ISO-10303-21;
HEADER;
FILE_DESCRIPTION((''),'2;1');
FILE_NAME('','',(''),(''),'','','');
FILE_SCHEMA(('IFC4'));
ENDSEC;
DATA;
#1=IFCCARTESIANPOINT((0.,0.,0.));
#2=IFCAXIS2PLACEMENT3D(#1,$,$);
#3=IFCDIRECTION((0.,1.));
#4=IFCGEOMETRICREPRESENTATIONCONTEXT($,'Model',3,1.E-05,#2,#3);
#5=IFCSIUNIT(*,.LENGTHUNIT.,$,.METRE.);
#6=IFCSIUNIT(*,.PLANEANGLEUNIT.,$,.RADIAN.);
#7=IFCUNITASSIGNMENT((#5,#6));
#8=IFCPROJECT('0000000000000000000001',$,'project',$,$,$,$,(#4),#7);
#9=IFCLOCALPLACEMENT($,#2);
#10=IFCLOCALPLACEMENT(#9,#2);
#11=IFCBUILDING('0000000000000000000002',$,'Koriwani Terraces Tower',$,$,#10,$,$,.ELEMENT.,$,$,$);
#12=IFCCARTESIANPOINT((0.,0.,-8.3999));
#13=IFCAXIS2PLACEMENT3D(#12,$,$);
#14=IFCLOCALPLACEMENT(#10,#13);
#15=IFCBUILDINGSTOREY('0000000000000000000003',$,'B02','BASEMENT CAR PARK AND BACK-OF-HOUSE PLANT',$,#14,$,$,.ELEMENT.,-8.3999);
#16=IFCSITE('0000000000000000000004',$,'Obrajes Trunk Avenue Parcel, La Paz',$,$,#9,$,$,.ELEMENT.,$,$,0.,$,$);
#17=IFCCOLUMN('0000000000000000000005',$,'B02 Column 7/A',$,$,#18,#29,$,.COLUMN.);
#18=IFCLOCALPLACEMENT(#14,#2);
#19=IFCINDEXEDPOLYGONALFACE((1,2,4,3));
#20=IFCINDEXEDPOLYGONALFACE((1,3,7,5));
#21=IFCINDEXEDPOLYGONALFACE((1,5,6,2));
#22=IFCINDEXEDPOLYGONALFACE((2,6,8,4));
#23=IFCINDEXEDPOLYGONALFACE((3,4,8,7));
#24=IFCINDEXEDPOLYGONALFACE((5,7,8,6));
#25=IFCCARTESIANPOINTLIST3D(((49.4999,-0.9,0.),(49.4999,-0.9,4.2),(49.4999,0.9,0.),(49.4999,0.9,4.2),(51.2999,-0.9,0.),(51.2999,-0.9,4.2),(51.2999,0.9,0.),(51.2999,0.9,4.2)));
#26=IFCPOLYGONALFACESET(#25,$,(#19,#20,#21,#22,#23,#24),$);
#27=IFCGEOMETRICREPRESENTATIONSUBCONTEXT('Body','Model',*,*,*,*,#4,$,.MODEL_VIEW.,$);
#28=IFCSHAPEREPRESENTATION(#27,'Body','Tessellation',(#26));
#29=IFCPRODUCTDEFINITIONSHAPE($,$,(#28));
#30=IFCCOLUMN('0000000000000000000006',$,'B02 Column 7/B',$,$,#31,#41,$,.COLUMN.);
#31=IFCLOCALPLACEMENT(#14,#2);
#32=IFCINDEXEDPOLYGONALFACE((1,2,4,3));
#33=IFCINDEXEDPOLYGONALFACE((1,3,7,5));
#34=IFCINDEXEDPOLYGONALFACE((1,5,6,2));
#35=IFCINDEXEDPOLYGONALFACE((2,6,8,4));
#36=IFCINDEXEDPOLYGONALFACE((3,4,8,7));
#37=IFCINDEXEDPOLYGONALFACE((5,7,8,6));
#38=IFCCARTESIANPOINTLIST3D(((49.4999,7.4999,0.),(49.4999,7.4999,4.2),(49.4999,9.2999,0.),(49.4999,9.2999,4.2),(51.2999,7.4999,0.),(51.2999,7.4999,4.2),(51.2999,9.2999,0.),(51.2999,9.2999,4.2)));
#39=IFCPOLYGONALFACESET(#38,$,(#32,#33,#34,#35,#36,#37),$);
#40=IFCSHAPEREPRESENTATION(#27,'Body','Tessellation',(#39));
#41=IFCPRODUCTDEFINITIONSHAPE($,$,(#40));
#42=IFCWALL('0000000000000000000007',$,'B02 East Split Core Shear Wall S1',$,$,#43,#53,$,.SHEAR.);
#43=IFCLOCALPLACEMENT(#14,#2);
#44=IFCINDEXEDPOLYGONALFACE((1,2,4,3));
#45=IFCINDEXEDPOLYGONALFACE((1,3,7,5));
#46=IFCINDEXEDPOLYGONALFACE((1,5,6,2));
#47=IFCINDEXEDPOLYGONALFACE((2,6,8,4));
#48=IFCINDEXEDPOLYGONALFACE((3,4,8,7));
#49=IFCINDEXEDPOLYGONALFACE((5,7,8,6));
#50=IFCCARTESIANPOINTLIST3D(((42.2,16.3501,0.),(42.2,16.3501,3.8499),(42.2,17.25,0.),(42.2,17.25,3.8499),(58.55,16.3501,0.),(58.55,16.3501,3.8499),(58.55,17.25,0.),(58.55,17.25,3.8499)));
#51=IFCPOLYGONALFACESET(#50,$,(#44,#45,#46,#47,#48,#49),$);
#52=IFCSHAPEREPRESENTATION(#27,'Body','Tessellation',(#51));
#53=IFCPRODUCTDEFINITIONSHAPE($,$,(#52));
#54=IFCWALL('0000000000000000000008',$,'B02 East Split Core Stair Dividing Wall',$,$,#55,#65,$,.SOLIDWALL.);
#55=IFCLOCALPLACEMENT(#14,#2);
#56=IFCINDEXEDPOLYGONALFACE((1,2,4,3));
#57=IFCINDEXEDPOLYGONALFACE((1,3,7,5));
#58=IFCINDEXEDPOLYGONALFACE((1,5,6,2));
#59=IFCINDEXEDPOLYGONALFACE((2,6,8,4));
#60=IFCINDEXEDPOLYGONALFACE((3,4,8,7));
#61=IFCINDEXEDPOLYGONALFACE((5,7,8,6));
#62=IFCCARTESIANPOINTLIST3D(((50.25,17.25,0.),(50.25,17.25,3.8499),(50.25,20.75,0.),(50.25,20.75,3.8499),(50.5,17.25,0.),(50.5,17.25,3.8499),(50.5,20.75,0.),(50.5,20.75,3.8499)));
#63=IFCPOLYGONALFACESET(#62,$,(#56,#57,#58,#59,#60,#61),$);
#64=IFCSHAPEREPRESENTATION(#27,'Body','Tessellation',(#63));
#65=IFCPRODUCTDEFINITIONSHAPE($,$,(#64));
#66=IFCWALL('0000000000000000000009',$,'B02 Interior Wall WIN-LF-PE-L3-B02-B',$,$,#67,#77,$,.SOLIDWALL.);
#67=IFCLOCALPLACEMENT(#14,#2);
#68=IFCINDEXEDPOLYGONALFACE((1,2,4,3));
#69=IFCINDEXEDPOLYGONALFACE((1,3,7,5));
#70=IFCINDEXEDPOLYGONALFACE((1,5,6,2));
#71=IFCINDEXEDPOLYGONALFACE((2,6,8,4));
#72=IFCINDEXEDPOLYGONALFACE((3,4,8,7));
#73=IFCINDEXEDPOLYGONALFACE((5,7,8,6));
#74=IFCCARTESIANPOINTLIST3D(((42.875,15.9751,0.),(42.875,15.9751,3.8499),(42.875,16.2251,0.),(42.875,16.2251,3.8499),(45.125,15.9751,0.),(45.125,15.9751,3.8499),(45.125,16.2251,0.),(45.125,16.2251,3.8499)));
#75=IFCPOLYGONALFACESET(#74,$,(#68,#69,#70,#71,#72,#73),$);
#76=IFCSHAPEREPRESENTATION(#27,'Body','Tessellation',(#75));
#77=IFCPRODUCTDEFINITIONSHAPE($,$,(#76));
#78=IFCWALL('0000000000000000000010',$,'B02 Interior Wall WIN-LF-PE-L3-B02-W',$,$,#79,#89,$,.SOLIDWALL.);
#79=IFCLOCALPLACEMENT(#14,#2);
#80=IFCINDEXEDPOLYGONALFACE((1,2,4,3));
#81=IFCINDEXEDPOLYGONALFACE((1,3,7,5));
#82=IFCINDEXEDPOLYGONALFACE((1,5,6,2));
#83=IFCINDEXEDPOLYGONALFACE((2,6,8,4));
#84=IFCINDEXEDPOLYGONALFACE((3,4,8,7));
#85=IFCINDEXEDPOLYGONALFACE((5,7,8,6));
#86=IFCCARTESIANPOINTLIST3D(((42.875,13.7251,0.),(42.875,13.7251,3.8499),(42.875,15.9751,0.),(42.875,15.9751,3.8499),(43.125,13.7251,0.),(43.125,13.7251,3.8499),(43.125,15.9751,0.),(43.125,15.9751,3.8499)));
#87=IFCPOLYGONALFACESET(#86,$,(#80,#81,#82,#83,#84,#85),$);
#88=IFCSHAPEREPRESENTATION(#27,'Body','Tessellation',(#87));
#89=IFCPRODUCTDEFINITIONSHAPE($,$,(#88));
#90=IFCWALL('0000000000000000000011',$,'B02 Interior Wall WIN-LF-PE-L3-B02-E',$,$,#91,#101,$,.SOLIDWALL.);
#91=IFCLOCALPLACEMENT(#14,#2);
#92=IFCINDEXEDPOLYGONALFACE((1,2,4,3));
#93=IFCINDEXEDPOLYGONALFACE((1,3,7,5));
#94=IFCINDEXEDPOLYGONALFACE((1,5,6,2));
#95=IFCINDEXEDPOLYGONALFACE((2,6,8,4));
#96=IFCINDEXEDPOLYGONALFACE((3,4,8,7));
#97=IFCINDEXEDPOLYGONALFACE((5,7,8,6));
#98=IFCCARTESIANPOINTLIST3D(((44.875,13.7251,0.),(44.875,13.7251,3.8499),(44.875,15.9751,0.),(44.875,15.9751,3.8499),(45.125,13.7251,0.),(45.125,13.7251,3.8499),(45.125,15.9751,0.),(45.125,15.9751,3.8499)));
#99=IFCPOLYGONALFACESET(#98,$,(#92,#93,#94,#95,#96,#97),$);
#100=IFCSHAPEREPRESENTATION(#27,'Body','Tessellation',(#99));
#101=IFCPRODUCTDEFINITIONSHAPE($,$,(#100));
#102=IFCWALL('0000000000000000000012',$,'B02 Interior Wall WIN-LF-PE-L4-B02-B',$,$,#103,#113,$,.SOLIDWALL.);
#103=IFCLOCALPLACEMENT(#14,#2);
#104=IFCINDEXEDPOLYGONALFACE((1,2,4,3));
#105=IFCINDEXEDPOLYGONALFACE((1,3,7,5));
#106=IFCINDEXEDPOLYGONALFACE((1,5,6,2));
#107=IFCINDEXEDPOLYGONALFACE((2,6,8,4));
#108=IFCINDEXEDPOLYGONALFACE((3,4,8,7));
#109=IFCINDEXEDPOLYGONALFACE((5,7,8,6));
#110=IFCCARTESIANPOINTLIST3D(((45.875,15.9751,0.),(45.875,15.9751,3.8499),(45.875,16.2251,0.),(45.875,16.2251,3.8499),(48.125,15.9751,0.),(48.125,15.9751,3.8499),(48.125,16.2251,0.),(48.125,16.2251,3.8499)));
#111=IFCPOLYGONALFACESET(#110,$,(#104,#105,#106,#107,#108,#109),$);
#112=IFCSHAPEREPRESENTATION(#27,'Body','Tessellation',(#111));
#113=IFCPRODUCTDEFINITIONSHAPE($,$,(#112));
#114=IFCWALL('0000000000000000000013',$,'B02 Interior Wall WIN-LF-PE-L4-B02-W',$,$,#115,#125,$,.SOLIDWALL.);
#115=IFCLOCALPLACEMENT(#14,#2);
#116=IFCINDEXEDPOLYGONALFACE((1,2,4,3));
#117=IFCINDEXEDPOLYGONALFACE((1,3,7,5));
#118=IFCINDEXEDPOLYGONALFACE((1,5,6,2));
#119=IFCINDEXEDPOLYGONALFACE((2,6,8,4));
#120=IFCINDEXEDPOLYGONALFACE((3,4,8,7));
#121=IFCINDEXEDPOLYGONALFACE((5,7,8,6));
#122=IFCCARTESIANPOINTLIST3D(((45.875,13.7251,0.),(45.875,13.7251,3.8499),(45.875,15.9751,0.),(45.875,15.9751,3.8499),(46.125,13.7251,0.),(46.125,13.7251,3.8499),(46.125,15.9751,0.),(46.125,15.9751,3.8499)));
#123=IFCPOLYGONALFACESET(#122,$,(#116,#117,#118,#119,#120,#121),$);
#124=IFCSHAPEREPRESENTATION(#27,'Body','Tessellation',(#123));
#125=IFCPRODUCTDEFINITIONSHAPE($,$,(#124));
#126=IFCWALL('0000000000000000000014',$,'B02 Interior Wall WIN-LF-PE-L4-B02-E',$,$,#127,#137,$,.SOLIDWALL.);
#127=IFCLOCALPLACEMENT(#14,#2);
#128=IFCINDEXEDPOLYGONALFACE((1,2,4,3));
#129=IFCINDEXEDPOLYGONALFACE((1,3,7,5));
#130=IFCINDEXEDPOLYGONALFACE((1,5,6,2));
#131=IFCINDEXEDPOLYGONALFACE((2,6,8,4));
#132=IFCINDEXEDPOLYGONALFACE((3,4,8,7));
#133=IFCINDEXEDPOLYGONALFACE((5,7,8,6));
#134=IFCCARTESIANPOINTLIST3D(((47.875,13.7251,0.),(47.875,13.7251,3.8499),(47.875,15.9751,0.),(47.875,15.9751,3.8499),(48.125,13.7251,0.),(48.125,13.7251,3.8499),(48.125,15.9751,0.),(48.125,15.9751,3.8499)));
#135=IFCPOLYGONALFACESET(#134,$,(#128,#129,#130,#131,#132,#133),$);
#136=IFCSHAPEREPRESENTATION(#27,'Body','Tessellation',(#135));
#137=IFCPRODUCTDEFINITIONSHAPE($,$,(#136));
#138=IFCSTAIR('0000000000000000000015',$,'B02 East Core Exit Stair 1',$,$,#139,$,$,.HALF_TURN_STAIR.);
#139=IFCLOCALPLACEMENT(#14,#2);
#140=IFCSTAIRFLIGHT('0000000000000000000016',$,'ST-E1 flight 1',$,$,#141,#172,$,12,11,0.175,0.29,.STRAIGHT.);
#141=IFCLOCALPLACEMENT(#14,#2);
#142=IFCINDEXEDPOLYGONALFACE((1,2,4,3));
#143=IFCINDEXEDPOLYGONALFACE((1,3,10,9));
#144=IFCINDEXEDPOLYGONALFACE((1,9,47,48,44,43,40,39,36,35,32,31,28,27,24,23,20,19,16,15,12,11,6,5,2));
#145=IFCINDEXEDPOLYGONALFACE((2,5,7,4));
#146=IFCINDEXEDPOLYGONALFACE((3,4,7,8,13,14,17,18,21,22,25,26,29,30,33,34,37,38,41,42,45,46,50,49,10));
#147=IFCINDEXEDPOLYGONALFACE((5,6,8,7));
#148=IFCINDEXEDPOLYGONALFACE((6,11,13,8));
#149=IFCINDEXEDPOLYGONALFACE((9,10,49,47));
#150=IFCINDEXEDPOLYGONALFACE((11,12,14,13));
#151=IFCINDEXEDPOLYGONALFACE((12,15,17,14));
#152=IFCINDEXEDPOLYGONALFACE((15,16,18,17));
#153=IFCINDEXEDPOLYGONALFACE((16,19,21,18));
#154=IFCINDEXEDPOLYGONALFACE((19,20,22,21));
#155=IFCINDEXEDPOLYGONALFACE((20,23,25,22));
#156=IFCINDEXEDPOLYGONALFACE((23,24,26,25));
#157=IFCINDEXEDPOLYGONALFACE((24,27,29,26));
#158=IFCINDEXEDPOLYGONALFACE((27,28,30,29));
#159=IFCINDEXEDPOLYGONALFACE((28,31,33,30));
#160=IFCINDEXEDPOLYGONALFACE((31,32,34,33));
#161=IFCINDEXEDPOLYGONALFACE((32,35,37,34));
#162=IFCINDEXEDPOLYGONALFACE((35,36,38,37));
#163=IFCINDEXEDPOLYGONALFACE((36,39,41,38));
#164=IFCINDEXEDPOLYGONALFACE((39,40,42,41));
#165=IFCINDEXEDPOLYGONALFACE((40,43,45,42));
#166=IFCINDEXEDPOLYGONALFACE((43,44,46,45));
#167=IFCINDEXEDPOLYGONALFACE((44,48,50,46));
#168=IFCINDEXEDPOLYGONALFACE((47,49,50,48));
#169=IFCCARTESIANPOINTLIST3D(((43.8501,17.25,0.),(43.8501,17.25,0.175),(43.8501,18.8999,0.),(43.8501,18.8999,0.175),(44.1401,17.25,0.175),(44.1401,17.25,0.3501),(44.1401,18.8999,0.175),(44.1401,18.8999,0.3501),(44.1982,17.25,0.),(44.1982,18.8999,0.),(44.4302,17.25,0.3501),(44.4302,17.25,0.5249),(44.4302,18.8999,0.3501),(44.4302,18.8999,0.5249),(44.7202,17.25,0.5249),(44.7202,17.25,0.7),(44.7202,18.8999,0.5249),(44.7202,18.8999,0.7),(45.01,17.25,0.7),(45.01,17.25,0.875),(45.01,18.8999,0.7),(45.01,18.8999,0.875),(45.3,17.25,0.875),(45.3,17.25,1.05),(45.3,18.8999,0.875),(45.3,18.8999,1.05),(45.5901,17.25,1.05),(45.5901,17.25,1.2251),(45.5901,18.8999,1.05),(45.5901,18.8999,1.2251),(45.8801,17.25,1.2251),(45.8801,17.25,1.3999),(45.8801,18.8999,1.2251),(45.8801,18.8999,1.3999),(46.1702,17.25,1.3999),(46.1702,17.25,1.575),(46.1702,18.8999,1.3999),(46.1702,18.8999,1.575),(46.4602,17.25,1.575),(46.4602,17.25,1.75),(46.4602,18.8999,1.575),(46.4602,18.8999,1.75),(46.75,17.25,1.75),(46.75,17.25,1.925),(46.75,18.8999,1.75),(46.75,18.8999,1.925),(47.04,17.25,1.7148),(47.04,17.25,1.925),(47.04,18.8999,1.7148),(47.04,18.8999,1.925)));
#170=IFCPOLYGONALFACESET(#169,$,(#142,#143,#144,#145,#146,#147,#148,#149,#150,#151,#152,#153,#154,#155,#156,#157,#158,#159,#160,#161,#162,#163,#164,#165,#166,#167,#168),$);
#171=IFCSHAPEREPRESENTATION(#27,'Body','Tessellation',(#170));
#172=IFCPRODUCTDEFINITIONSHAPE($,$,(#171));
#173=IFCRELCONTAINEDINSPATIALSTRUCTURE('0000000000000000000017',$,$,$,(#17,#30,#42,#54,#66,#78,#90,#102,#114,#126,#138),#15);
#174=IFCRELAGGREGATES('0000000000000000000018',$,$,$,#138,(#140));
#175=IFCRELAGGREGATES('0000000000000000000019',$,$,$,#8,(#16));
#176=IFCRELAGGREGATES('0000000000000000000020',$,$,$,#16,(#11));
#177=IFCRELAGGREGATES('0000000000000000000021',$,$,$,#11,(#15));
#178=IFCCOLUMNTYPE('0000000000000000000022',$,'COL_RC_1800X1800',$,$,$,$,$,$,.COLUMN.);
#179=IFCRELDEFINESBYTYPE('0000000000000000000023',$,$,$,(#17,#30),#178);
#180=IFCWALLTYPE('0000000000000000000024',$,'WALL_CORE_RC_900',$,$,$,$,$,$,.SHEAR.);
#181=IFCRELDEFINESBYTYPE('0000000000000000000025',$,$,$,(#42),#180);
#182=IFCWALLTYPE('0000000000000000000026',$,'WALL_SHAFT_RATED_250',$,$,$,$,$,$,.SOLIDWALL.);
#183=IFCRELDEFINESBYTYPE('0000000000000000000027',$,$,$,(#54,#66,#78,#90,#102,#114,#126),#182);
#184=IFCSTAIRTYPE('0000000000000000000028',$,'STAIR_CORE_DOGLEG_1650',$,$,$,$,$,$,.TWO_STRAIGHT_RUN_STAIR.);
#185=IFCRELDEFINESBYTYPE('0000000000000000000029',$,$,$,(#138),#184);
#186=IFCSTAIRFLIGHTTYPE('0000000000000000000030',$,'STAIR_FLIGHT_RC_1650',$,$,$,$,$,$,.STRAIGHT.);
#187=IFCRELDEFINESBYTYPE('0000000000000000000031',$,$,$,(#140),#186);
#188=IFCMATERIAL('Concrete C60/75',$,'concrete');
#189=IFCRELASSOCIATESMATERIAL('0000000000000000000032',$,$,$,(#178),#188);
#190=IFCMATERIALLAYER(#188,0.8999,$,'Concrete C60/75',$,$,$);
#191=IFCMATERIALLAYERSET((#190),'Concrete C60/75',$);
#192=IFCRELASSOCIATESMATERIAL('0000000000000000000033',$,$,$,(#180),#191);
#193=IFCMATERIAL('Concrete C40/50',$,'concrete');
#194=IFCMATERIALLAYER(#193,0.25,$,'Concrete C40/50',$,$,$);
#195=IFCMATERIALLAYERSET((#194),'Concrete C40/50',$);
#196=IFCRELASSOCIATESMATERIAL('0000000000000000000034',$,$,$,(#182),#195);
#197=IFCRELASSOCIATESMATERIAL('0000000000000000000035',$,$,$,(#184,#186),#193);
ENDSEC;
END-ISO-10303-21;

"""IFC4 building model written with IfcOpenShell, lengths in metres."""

from ifc_helpers import new_model, si_unit, direction, frame, frame_2d, origin, origin_2d, place, context, subcontext, project, spatial, polyline, rectangle, outline, extrude, material, layer, layer_set, material_profile, profile_set, type_object, element, aggregate, save


model = new_model("IFC4")

# Units and contexts
model_context = context("Model", 3, precision=1e-05, world=origin(), true_north=direction((0.0, 1.0)))
body_context = subcontext(model_context, "Body", "Model", "MODEL_VIEW")
ifc_project = project(units=[si_unit("LENGTHUNIT", "METRE"), si_unit("PLANEANGLEUNIT", "RADIAN")], contexts=[model_context])

# Site, building, storey
site_placement = place(None, origin())
site = spatial("IfcSite", under=ifc_project, at=site_placement, Name="Obrajes Trunk Avenue Parcel, La Paz", CompositionType="ELEMENT", RefElevation=0.0)
building_placement = place(site_placement, origin())
building = spatial("IfcBuilding", under=site, at=building_placement, Name="Koriwani Terraces Tower", CompositionType="ELEMENT")
storey_placement = place(building_placement, frame((0.0, 0.0, -8.3999)))
storey = spatial("IfcBuildingStorey", under=building, at=storey_placement, Name="B02", Description="BASEMENT CAR PARK AND BACK-OF-HOUSE PLANT", CompositionType="ELEMENT", Elevation=-8.3999)

# Shared definitions
ifc_material_1 = material(Name="Concrete C40/50", Category="concrete")

# Columns
ifc_material_2 = material(Name="Concrete C60/75", Category="concrete")
ifc_material_profile_1 = material_profile(ifc_material_2, rectangle(XDim=1.8, YDim=1.8, at=origin_2d()), Name="Concrete C60/75", Category="LoadBearing")
ifc_profile_set_1 = profile_set([ifc_material_profile_1], Name="Concrete C60/75")
column_type = type_object("IfcColumnType", Name="COL_RC_1800X1800", PredefinedType="COLUMN", material=ifc_profile_set_1)
for number, where, z_axis, x_axis, name in (
    (1, (50.3999, 0.0, 0.0), (0.0, 0.0, 1.0), (1.0, 0.0, 0.0), "B02 Column 7/A"),
    (2, (50.3999, 8.3999, 0.0), (0.0, 0.0, 1.0), (1.0, 0.0, 0.0), "B02 Column 7/B"),
):
    element("IfcColumn", number, at=place(storey_placement, frame(where, z_axis=z_axis, x_axis=x_axis)), inside=storey, type_object=column_type, Name=name, PredefinedType="COLUMN", context=body_context, shape_type="SweptSolid", body=[
        extrude(rectangle(XDim=1.8, YDim=1.8, at=origin_2d()), origin(), (0.0, 0.0, 1.0), 4.2),
    ])

# Walls
ifc_layer_1 = layer(ifc_material_2, 0.8999, Name="Concrete C60/75")
ifc_layer_set_1 = layer_set([ifc_layer_1], Name="Concrete C60/75")
wall_type_1 = type_object("IfcWallType", Name="WALL_CORE_RC_900", PredefinedType="SHEAR", material=ifc_layer_set_1)
wall_1_placement = place(storey_placement, frame((42.2, 16.8, 0.0), z_axis=(0.0, 0.0, 1.0), x_axis=(1.0, 0.0, 0.0)))
element("IfcWall", 3, at=wall_1_placement, inside=storey, type_object=wall_type_1, Name="B02 East Split Core Shear Wall S1", PredefinedType="SHEAR", context=body_context, shape_type="SweptSolid", body=[
    extrude(rectangle(XDim=16.3501, YDim=0.8999, at=frame_2d((8.175, 0.0))), origin(), (0.0, 0.0, 1.0), 3.8499),
])
ifc_layer_2 = layer(ifc_material_1, 0.25, Name="Concrete C40/50")
ifc_layer_set_2 = layer_set([ifc_layer_2], Name="Concrete C40/50")
wall_type_2 = type_object("IfcWallType", Name="WALL_SHAFT_RATED_250", PredefinedType="SOLIDWALL", material=ifc_layer_set_2)
wall_2_placement = place(storey_placement, frame((50.375, 17.25, 0.0), z_axis=(0.0, 0.0, 1.0), x_axis=(0.0, 1.0, 0.0)))
element("IfcWall", 4, at=wall_2_placement, inside=storey, type_object=wall_type_2, Name="B02 East Split Core Stair Dividing Wall", PredefinedType="SOLIDWALL", context=body_context, shape_type="SweptSolid", body=[
    extrude(rectangle(XDim=3.5, YDim=0.25, at=frame_2d((1.75, 0.0))), origin(), (0.0, 0.0, 1.0), 3.8499),
])

# Walls
for number, where, z_axis, x_axis, name in (
    (5, (42.875, 16.1001, 0.0), (0.0, 0.0, 1.0), (1.0, 0.0, 0.0), "B02 Interior Wall WIN-LF-PE-L3-B02-B"),
    (6, (43.0, 13.7251, 0.0), (0.0, 0.0, 1.0), (0.0, 1.0, 0.0), "B02 Interior Wall WIN-LF-PE-L3-B02-W"),
    (7, (45.0, 13.7251, 0.0), (0.0, 0.0, 1.0), (0.0, 1.0, 0.0), "B02 Interior Wall WIN-LF-PE-L3-B02-E"),
):
    element("IfcWall", number, at=place(storey_placement, frame(where, z_axis=z_axis, x_axis=x_axis)), inside=storey, type_object=wall_type_2, Name=name, PredefinedType="SOLIDWALL", context=body_context, shape_type="SweptSolid", body=[
        extrude(rectangle(XDim=2.25, YDim=0.25, at=frame_2d((1.125, 0.0))), origin(), (0.0, 0.0, 1.0), 3.8499),
    ])

# Walls
for number, where, z_axis, x_axis, name in (
    (8, (45.875, 16.1001, 0.0), (0.0, 0.0, 1.0), (1.0, 0.0, 0.0), "B02 Interior Wall WIN-LF-PE-L4-B02-B"),
    (9, (46.0, 13.7251, 0.0), (0.0, 0.0, 1.0), (0.0, 1.0, 0.0), "B02 Interior Wall WIN-LF-PE-L4-B02-W"),
    (10, (48.0, 13.7251, 0.0), (0.0, 0.0, 1.0), (0.0, 1.0, 0.0), "B02 Interior Wall WIN-LF-PE-L4-B02-E"),
):
    element("IfcWall", number, at=place(storey_placement, frame(where, z_axis=z_axis, x_axis=x_axis)), inside=storey, type_object=wall_type_2, Name=name, PredefinedType="SOLIDWALL", context=body_context, shape_type="SweptSolid", body=[
        extrude(rectangle(XDim=2.25, YDim=0.25, at=frame_2d((1.125, 0.0))), origin(), (0.0, 0.0, 1.0), 3.8499),
    ])

# Stair, stair flight
stair_type = type_object("IfcStairType", Name="STAIR_CORE_DOGLEG_1650", PredefinedType="TWO_STRAIGHT_RUN_STAIR", material=ifc_material_1)
stair_1_placement = place(storey_placement, origin())
stair_1 = element("IfcStair", 11, at=stair_1_placement, inside=storey, type_object=stair_type, Name="B02 East Core Exit Stair 1", PredefinedType="HALF_TURN_STAIR")
stair_flight_type = type_object("IfcStairFlightType", Name="STAIR_FLIGHT_RC_1650", PredefinedType="STRAIGHT", material=ifc_material_1)
stair_flight_1_placement = place(storey_placement, frame((43.8501, 18.075, 0.0), z_axis=(0.0, 0.0, 1.0), x_axis=(1.0, 0.0, 0.0)))
stair_flight_1 = element("IfcStairFlight", 12, at=stair_flight_1_placement, type_object=stair_flight_type, Name="ST-E1 flight 1", NumberOfRisers=12, NumberOfTreads=11, PredefinedType="STRAIGHT", RiserHeight=0.175, TreadLength=0.29, context=body_context, shape_type="SweptSolid", body=[
    extrude(outline(polyline([(0.0, 0.0), (0.0, 0.175), (0.29, 0.175), (0.29, 0.3501), (0.5801, 0.3501), (0.5801, 0.5249), (0.8701, 0.5249), (0.8701, 0.7), (1.1599, 0.7), (1.1599, 0.875), (1.45, 0.875), (1.45, 1.05), (1.74, 1.05), (1.74, 1.2251), (2.03, 1.2251), (2.03, 1.3999), (2.3201, 1.3999), (2.3201, 1.575), (2.6101, 1.575), (2.6101, 1.75), (2.8999, 1.75), (2.8999, 1.925), (3.1899, 1.925), (3.1899, 2.1001), (3.1899, 1.7148), (0.3481, 0.0), (0.0, 0.0)])), frame((0.0, 0.825, 0.0), z_axis=(0.0, -1.0, 0.0), x_axis=(1.0, 0.0, 0.0)), (0.0, 0.0, 1.0), 1.6499),
])
aggregate(stair_1, [stair_flight_1])

save(model, "model.ifc")
